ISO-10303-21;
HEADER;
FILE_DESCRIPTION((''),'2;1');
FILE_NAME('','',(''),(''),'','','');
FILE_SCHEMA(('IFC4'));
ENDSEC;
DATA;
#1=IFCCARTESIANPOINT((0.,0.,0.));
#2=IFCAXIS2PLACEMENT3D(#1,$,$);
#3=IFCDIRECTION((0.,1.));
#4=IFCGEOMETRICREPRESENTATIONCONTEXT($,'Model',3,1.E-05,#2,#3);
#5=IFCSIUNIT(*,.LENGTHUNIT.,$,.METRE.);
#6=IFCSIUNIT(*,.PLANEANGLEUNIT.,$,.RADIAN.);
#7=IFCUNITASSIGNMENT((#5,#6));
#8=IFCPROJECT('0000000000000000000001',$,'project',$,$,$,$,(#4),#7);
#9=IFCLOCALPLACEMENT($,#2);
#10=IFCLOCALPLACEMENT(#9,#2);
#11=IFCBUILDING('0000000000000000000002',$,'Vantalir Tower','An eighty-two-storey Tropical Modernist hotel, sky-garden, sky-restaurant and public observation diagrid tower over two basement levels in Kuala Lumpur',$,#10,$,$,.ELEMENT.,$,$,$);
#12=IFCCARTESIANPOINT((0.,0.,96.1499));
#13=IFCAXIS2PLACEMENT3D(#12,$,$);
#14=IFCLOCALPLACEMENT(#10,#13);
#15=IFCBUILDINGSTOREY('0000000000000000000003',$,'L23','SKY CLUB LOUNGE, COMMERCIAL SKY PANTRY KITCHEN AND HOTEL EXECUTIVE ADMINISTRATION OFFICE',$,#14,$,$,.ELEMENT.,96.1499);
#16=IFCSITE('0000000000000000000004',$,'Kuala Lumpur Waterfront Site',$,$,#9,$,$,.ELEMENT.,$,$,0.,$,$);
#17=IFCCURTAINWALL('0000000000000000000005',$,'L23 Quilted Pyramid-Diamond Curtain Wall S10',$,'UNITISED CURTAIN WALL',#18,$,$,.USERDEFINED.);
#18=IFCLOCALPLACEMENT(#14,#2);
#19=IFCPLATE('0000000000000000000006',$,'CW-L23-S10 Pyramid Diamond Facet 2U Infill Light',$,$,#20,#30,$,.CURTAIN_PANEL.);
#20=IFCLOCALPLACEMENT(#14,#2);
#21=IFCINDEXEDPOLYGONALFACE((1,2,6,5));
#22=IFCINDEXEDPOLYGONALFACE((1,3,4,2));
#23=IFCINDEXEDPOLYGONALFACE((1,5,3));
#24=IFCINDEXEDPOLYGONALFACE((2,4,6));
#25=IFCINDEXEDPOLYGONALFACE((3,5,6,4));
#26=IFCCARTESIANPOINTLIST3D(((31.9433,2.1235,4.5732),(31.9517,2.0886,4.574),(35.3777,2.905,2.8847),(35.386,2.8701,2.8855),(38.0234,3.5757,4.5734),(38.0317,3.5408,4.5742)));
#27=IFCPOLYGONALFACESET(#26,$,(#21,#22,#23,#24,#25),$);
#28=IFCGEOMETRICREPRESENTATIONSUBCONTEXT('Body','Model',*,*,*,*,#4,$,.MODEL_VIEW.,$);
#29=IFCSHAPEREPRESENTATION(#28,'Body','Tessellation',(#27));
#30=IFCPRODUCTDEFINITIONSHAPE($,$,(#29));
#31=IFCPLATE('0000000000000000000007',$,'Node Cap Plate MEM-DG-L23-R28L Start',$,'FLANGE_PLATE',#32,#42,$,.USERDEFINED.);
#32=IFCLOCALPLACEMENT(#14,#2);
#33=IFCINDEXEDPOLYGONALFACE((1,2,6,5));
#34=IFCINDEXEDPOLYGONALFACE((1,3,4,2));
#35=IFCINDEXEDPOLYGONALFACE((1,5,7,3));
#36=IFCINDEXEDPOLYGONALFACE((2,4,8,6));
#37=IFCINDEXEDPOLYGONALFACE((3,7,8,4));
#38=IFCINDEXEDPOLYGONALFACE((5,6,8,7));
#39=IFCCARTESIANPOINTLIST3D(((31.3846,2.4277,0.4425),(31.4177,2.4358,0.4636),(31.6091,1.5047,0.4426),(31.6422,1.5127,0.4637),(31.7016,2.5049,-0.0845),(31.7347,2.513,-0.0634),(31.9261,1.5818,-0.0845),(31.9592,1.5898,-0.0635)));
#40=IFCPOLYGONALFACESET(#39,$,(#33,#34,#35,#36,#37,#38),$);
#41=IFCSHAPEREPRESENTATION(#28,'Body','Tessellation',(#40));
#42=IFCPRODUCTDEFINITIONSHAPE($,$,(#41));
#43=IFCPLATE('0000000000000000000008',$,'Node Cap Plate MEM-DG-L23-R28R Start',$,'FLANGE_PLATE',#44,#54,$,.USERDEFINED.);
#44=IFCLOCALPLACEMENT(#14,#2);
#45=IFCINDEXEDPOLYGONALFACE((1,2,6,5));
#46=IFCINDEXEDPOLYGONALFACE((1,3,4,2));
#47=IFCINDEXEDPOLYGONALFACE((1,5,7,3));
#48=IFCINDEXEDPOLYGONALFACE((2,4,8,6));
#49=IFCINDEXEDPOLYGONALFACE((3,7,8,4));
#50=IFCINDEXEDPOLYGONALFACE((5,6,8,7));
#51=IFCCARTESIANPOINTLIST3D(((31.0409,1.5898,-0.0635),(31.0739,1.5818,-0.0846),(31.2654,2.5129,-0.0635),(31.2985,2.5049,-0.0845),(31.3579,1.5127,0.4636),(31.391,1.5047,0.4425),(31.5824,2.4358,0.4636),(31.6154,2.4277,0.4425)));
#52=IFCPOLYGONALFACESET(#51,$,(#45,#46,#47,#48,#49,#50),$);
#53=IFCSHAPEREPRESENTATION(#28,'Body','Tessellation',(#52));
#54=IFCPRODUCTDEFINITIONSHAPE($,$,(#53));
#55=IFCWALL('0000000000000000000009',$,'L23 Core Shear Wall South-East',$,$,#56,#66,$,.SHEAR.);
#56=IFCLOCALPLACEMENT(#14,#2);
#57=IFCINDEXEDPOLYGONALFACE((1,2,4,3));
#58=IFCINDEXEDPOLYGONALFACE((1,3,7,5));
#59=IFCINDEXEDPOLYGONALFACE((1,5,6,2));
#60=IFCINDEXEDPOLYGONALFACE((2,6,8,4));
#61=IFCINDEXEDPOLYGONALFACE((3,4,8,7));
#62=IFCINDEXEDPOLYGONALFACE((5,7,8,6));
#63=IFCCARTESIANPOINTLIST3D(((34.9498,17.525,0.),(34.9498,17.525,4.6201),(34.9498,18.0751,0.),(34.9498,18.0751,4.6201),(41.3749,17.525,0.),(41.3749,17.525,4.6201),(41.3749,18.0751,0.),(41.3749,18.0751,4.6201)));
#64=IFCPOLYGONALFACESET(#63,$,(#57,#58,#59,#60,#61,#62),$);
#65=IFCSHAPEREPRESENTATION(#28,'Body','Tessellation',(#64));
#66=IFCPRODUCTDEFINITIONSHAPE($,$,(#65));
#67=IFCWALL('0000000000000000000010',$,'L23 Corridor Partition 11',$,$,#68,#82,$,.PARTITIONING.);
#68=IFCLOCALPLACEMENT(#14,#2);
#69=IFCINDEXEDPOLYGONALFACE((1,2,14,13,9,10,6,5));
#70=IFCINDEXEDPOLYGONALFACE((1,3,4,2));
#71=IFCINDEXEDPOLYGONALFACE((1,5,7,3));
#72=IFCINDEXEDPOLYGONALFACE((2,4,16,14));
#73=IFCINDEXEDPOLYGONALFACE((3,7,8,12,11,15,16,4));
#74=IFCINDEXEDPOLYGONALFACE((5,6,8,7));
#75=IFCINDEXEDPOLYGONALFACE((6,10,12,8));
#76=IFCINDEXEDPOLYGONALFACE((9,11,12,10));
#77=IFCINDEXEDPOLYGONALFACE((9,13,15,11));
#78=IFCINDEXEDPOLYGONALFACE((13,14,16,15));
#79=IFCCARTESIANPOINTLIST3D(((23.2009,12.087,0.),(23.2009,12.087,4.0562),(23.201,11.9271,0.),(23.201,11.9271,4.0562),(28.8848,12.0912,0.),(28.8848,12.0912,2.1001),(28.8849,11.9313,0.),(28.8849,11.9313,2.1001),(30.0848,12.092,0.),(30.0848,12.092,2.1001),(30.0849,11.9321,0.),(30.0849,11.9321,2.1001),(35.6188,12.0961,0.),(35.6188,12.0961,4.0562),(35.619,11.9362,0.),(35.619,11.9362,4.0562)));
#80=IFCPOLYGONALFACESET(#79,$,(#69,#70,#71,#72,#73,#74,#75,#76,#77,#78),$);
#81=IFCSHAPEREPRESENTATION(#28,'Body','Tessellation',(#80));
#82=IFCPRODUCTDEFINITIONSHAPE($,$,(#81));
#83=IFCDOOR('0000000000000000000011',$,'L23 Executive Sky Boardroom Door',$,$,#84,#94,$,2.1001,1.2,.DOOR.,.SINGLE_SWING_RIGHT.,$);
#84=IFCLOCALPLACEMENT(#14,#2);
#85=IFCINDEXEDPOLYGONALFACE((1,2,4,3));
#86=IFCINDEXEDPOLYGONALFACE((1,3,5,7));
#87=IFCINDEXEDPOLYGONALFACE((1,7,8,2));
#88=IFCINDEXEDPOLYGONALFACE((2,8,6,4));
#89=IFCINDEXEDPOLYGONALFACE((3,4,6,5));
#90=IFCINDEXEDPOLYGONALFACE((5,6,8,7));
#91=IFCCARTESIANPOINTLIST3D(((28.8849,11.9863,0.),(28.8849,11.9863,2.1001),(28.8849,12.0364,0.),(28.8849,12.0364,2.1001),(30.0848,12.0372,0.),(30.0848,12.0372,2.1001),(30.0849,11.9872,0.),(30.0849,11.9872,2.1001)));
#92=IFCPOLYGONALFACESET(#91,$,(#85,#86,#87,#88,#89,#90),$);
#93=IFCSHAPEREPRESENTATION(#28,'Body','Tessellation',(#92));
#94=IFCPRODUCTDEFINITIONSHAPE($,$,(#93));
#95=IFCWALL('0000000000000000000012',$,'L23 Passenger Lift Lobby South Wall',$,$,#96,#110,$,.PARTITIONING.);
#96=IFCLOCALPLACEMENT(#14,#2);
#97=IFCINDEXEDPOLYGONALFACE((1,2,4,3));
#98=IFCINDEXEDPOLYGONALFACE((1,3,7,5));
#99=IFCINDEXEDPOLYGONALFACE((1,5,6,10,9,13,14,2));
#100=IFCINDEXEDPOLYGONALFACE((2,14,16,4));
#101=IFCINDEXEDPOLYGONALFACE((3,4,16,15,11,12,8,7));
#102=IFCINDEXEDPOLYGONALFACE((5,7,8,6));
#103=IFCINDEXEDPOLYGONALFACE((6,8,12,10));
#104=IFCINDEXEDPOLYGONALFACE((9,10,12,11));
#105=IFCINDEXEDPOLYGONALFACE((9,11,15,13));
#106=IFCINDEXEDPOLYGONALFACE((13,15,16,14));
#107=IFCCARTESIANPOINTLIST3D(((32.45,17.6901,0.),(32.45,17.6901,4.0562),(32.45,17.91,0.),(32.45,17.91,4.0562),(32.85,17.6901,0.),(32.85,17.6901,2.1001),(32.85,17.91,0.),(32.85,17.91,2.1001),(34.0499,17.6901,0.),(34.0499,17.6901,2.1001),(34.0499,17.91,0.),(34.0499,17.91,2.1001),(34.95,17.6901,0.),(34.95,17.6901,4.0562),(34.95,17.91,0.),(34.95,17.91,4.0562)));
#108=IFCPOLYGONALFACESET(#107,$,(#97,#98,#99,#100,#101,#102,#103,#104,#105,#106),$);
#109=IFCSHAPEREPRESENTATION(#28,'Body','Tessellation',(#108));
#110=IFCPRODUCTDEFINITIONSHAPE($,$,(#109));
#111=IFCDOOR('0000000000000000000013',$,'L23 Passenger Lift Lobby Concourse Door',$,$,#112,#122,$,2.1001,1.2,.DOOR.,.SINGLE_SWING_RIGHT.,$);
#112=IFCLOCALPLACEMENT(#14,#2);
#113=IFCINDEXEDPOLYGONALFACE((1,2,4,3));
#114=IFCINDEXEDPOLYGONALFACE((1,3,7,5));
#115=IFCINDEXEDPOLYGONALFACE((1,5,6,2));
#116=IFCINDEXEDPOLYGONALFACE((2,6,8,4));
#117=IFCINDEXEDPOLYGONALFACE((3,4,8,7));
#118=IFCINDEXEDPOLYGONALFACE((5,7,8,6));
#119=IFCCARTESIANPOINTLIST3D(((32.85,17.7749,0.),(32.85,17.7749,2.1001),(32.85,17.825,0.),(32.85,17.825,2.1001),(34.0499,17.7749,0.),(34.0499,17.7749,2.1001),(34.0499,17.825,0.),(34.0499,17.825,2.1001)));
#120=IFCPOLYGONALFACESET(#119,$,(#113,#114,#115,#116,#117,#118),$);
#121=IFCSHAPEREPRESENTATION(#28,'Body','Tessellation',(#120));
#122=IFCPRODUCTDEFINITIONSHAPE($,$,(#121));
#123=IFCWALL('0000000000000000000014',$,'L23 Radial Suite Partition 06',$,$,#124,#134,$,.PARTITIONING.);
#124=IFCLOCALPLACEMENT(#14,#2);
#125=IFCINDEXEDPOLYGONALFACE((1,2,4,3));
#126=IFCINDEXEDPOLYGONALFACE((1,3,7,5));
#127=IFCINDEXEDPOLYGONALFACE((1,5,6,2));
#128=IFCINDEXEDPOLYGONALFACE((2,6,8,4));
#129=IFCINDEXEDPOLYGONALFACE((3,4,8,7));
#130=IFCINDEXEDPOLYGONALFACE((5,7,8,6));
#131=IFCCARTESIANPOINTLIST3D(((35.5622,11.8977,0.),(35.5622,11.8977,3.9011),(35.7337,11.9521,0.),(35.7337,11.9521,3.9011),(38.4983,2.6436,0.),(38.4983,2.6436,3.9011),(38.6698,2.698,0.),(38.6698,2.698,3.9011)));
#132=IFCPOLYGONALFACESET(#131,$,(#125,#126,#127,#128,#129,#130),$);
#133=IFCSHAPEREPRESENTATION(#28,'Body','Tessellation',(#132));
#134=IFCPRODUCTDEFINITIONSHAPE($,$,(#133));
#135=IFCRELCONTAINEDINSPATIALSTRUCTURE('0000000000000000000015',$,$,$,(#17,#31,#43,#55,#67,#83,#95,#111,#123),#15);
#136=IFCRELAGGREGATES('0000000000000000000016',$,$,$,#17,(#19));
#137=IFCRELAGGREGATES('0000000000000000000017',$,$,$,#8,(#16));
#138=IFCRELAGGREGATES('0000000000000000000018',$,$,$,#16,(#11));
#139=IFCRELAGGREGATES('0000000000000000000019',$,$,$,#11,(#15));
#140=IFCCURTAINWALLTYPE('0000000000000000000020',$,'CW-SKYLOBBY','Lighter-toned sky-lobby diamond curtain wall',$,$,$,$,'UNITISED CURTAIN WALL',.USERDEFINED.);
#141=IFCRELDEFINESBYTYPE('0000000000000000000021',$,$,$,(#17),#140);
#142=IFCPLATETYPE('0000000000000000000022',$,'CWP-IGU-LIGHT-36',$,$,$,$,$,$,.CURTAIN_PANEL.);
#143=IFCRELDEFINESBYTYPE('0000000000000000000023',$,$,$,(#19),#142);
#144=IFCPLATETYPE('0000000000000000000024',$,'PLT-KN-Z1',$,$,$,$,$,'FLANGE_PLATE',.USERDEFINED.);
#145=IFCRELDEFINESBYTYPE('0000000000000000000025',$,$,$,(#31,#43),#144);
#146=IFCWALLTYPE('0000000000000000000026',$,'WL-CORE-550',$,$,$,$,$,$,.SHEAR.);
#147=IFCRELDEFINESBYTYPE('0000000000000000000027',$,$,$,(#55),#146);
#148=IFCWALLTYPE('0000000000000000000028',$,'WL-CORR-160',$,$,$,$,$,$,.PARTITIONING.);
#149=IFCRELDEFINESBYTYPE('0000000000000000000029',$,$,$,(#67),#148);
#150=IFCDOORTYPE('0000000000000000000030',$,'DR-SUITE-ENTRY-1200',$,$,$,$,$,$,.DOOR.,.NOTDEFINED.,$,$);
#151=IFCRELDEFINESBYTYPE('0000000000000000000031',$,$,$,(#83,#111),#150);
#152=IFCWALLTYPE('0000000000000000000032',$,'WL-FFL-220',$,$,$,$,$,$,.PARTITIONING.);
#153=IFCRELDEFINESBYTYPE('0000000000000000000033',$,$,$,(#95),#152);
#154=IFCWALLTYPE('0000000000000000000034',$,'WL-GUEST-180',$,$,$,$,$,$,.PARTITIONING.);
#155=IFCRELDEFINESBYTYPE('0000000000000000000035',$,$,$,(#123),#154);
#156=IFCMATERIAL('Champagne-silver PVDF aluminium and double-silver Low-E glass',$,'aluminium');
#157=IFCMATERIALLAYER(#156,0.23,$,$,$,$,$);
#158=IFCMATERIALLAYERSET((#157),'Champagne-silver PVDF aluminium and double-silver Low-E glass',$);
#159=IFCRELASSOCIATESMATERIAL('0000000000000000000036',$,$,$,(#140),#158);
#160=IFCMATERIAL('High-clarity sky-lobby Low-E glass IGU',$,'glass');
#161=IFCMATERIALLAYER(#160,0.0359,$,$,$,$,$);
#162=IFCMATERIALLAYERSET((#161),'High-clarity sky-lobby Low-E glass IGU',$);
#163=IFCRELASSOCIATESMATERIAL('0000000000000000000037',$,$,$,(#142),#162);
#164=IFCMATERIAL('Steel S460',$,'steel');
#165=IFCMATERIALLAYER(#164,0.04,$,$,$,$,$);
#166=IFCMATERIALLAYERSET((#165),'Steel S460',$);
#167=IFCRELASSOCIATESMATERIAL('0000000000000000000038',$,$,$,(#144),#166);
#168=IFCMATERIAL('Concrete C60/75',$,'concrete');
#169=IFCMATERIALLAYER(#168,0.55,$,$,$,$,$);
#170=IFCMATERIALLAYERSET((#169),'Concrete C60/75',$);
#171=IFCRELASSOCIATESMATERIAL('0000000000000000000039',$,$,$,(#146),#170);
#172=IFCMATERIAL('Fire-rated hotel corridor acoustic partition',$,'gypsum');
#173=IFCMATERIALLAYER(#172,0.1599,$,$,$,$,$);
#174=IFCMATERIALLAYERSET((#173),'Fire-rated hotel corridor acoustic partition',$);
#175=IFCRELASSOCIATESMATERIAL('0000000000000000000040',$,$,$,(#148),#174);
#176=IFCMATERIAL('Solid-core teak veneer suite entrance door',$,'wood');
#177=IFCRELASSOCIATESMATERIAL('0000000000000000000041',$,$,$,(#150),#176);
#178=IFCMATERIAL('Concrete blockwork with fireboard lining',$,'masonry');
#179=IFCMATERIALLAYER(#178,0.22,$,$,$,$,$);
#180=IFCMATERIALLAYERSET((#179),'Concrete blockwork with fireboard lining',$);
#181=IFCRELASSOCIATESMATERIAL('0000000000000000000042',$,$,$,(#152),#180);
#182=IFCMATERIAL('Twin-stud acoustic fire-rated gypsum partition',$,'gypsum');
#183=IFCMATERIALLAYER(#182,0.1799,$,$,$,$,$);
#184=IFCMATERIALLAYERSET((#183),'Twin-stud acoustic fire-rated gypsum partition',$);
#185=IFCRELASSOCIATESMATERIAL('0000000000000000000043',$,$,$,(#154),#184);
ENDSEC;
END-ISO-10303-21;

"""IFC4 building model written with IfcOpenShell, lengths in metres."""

from ifc_helpers import new_model, si_unit, direction, frame, frame_2d, origin, place, context, subcontext, project, spatial, polyline, rectangle, outline, extrude, material, layer, layer_set, type_object, element, fill, aggregate, save


model = new_model("IFC4")

# Units and contexts
model_context = context("Model", 3, precision=1e-05, world=origin(), true_north=direction((0.0, 1.0)))
body_context = subcontext(model_context, "Body", "Model", "MODEL_VIEW")
ifc_project = project(units=[si_unit("LENGTHUNIT", "METRE"), si_unit("PLANEANGLEUNIT", "RADIAN")], contexts=[model_context])

# Site, building, storey
site_placement = place(None, origin())
site = spatial("IfcSite", under=ifc_project, at=site_placement, Name="Kuala Lumpur Waterfront Site", CompositionType="ELEMENT", RefElevation=0.0)
building_placement = place(site_placement, origin())
building = spatial("IfcBuilding", under=site, at=building_placement, Name="Vantalir Tower", Description="An eighty-two-storey Tropical Modernist hotel, sky-garden, sky-restaurant and public observation diagrid tower over two basement levels in Kuala Lumpur", CompositionType="ELEMENT")
storey_placement = place(building_placement, frame((0.0, 0.0, 96.1499)))
storey = spatial("IfcBuildingStorey", under=building, at=storey_placement, Name="L23", Description="SKY CLUB LOUNGE, COMMERCIAL SKY PANTRY KITCHEN AND HOTEL EXECUTIVE ADMINISTRATION OFFICE", CompositionType="ELEMENT", Elevation=96.1499)

# Shared definitions
ifc_material_1 = material(Name="Concrete C60/75", Category="concrete")
ifc_material_2 = material(Name="Steel S460", Category="steel")

# Curtain wall
ifc_material_3 = material(Name="Champagne-silver PVDF aluminium and double-silver Low-E glass", Category="aluminium")
ifc_layer_1 = layer(ifc_material_3, 0.23)
ifc_layer_set_1 = layer_set([ifc_layer_1], Name="Champagne-silver PVDF aluminium and double-silver Low-E glass")
curtain_wall_type = type_object("IfcCurtainWallType", Name="CW-SKYLOBBY", Description="Lighter-toned sky-lobby diamond curtain wall", ElementType="UNITISED CURTAIN WALL", PredefinedType="USERDEFINED", material=ifc_layer_set_1)
curtain_wall_placement = place(storey_placement, origin())
curtain_wall = element("IfcCurtainWall", 1, at=curtain_wall_placement, inside=storey, type_object=curtain_wall_type, Name="L23 Quilted Pyramid-Diamond Curtain Wall S10", ObjectType="UNITISED CURTAIN WALL", PredefinedType="USERDEFINED")

# Plate
ifc_material_4 = material(Name="High-clarity sky-lobby Low-E glass IGU", Category="glass")
ifc_layer_2 = layer(ifc_material_4, 0.0359)
ifc_layer_set_2 = layer_set([ifc_layer_2], Name="High-clarity sky-lobby Low-E glass IGU")
plate_type_1 = type_object("IfcPlateType", Name="CWP-IGU-LIGHT-36", PredefinedType="CURTAIN_PANEL", material=ifc_layer_set_2)
plate_1_placement = place(storey_placement, frame((31.9517, 2.0886, 4.574), z_axis=(0.232245, -0.972401, 0.022315), x_axis=(0.972643, 0.232303, 0.000039)))
plate_1 = element("IfcPlate", 2, at=plate_1_placement, type_object=plate_type_1, Name="CW-L23-S10 Pyramid Diamond Facet 2U Infill Light", PredefinedType="CURTAIN_PANEL", context=body_context, shape_type="SweptSolid", body=[
    extrude(outline(polyline([(0.0, 0.0), (6.2511, 0.0), (3.5219, -1.689), (0.0, 0.0)])), origin(), (0.0, 0.0, -1.0), 0.0359),
])
aggregate(curtain_wall, [plate_1])

# Plates
ifc_layer_3 = layer(ifc_material_2, 0.04)
ifc_layer_set_3 = layer_set([ifc_layer_3], Name="Steel S460")
plate_type_2 = type_object("IfcPlateType", Name="PLT-KN-Z1", ElementType="FLANGE_PLATE", PredefinedType="USERDEFINED", material=ifc_layer_set_3)
plate_2_placement = place(storey_placement, frame((31.9592, 1.5898, -0.0635), z_axis=(0.826207, 0.200925, 0.526319), x_axis=(-0.236336, 0.971671, 0.000056)))
element("IfcPlate", 3, at=plate_2_placement, inside=storey, type_object=plate_type_2, Name="Node Cap Plate MEM-DG-L23-R28L Start", ObjectType="FLANGE_PLATE", PredefinedType="USERDEFINED", context=body_context, shape_type="SweptSolid", body=[
    extrude(outline(polyline([(0.0, 0.0), (0.95, 0.0), (0.95, 0.6198), (0.0, 0.62), (0.0, 0.0)])), origin(), (0.0, 0.0, -1.0), 0.04),
])
plate_3_placement = place(storey_placement, frame((31.2654, 2.5129, -0.0635), z_axis=(-0.826207, 0.200925, 0.526319), x_axis=(-0.236336, -0.971671, -0.000056)))
element("IfcPlate", 4, at=plate_3_placement, inside=storey, type_object=plate_type_2, Name="Node Cap Plate MEM-DG-L23-R28R Start", ObjectType="FLANGE_PLATE", PredefinedType="USERDEFINED", context=body_context, shape_type="SweptSolid", body=[
    extrude(outline(polyline([(0.0, 0.0), (0.95, 0.0), (0.95, 0.62), (0.0, 0.6198), (0.0, 0.0)])), origin(), (0.0, 0.0, -1.0), 0.04),
])

# Wall
ifc_layer_4 = layer(ifc_material_1, 0.55)
ifc_layer_set_4 = layer_set([ifc_layer_4], Name="Concrete C60/75")
wall_type_1 = type_object("IfcWallType", Name="WL-CORE-550", PredefinedType="SHEAR", material=ifc_layer_set_4)
wall_1_placement = place(storey_placement, frame((34.95, 17.8, 0.0), z_axis=(0.0, 0.0, 1.0), x_axis=(1.0, 0.0, 0.0)))
element("IfcWall", 5, at=wall_1_placement, inside=storey, type_object=wall_type_1, Name="L23 Core Shear Wall South-East", PredefinedType="SHEAR", context=body_context, shape_type="SweptSolid", body=[
    extrude(rectangle(XDim=6.425, YDim=0.55, at=frame_2d((3.2124, 0.0))), origin(), (0.0, 0.0, 1.0), 4.6201),
])

# Walls, openings, doors
ifc_material_5 = material(Name="Fire-rated hotel corridor acoustic partition", Category="gypsum")
ifc_layer_5 = layer(ifc_material_5, 0.1599)
ifc_layer_set_5 = layer_set([ifc_layer_5], Name="Fire-rated hotel corridor acoustic partition")
wall_type_2 = type_object("IfcWallType", Name="WL-CORR-160", PredefinedType="PARTITIONING", material=ifc_layer_set_5)
wall_2_placement = place(storey_placement, frame((35.6189, 12.0161, 0.0), z_axis=(0.0, 0.0, 1.0), x_axis=(-1.0, -0.000727, 0.0)))
wall_2 = element("IfcWall", 6, at=wall_2_placement, inside=storey, type_object=wall_type_2, Name="L23 Corridor Partition 11", PredefinedType="PARTITIONING", context=body_context, shape_type="SweptSolid", body=[
    extrude(rectangle(XDim=12.418, YDim=0.1599, at=frame_2d((6.209, 0.0))), origin(), (0.0, 0.0, 1.0), 4.0562),
])
opening_1_placement = place(wall_2_placement, frame((5.5339, 0.0, 0.0)))
opening_1 = element("IfcOpeningElement", 7, at=opening_1_placement, cuts=wall_2, PredefinedType="OPENING", context=body_context, shape_type="SweptSolid", body=[
    extrude(rectangle(XDim=1.2, YDim=2.1001, at=frame_2d((0.6001, 1.05))), frame((0.0, 0.0898, 0.0), z_axis=(0.0, -1.0, 0.0), x_axis=(1.0, 0.0, 0.0)), (0.0, 0.0, 1.0), 0.1799),
])
ifc_material_6 = material(Name="Solid-core teak veneer suite entrance door", Category="wood")
door_type = type_object("IfcDoorType", Name="DR-SUITE-ENTRY-1200", OperationType="NOTDEFINED", PredefinedType="DOOR", material=ifc_material_6)
door_1_placement = place(opening_1_placement, origin())
door_1 = element("IfcDoor", 8, at=door_1_placement, inside=storey, type_object=door_type, Name="L23 Executive Sky Boardroom Door", OperationType="SINGLE_SWING_RIGHT", OverallHeight=2.1001, OverallWidth=1.2, PredefinedType="DOOR", context=body_context, shape_type="SweptSolid", body=[
    extrude(rectangle(XDim=1.2, YDim=2.1001, at=frame_2d((0.6001, 1.05))), frame((0.0, 0.0249, 0.0), z_axis=(0.0, -1.0, 0.0), x_axis=(1.0, 0.0, 0.0)), (0.0, 0.0, 1.0), 0.05),
])
fill(opening_1, door_1)
ifc_material_7 = material(Name="Concrete blockwork with fireboard lining", Category="masonry")
ifc_layer_6 = layer(ifc_material_7, 0.22)
ifc_layer_set_6 = layer_set([ifc_layer_6], Name="Concrete blockwork with fireboard lining")
wall_type_3 = type_object("IfcWallType", Name="WL-FFL-220", PredefinedType="PARTITIONING", material=ifc_layer_set_6)
wall_3_placement = place(storey_placement, frame((32.45, 17.8, 0.0), z_axis=(0.0, 0.0, 1.0), x_axis=(1.0, 0.0, 0.0)))
wall_3 = element("IfcWall", 9, at=wall_3_placement, inside=storey, type_object=wall_type_3, Name="L23 Passenger Lift Lobby South Wall", PredefinedType="PARTITIONING", context=body_context, shape_type="SweptSolid", body=[
    extrude(rectangle(XDim=2.5, YDim=0.22, at=frame_2d((1.25, 0.0))), origin(), (0.0, 0.0, 1.0), 4.0562),
])
opening_2_placement = place(wall_3_placement, frame((0.3999, 0.0, 0.0)))
opening_2 = element("IfcOpeningElement", 10, at=opening_2_placement, cuts=wall_3, PredefinedType="OPENING", context=body_context, shape_type="SweptSolid", body=[
    extrude(rectangle(XDim=1.2, YDim=2.1001, at=frame_2d((0.6001, 1.05))), frame((0.0, 0.1199, 0.0), z_axis=(0.0, -1.0, 0.0), x_axis=(1.0, 0.0, 0.0)), (0.0, 0.0, 1.0), 0.24),
])
door_2_placement = place(opening_2_placement, origin())
door_2 = element("IfcDoor", 11, at=door_2_placement, inside=storey, type_object=door_type, Name="L23 Passenger Lift Lobby Concourse Door", OperationType="SINGLE_SWING_RIGHT", OverallHeight=2.1001, OverallWidth=1.2, PredefinedType="DOOR", context=body_context, shape_type="SweptSolid", body=[
    extrude(rectangle(XDim=1.2, YDim=2.1001, at=frame_2d((0.6001, 1.05))), frame((0.0, 0.0249, 0.0), z_axis=(0.0, -1.0, 0.0), x_axis=(1.0, 0.0, 0.0)), (0.0, 0.0, 1.0), 0.05),
])
fill(opening_2, door_2)

# Wall
ifc_material_8 = material(Name="Twin-stud acoustic fire-rated gypsum partition", Category="gypsum")
ifc_layer_7 = layer(ifc_material_8, 0.1799)
ifc_layer_set_7 = layer_set([ifc_layer_7], Name="Twin-stud acoustic fire-rated gypsum partition")
wall_type_4 = type_object("IfcWallType", Name="WL-GUEST-180", PredefinedType="PARTITIONING", material=ifc_layer_set_7)
wall_4_placement = place(storey_placement, frame((35.6479, 11.925, 0.0), z_axis=(0.0, 0.0, 1.0), x_axis=(0.302412, -0.953177, 0.0)))
element("IfcWall", 12, at=wall_4_placement, inside=storey, type_object=wall_type_4, Name="L23 Radial Suite Partition 06", PredefinedType="PARTITIONING", context=body_context, shape_type="SweptSolid", body=[
    extrude(rectangle(XDim=9.7087, YDim=0.1799, at=frame_2d((4.8545, 0.0))), origin(), (0.0, 0.0, 1.0), 3.9011),
])

save(model, "model.ifc")
